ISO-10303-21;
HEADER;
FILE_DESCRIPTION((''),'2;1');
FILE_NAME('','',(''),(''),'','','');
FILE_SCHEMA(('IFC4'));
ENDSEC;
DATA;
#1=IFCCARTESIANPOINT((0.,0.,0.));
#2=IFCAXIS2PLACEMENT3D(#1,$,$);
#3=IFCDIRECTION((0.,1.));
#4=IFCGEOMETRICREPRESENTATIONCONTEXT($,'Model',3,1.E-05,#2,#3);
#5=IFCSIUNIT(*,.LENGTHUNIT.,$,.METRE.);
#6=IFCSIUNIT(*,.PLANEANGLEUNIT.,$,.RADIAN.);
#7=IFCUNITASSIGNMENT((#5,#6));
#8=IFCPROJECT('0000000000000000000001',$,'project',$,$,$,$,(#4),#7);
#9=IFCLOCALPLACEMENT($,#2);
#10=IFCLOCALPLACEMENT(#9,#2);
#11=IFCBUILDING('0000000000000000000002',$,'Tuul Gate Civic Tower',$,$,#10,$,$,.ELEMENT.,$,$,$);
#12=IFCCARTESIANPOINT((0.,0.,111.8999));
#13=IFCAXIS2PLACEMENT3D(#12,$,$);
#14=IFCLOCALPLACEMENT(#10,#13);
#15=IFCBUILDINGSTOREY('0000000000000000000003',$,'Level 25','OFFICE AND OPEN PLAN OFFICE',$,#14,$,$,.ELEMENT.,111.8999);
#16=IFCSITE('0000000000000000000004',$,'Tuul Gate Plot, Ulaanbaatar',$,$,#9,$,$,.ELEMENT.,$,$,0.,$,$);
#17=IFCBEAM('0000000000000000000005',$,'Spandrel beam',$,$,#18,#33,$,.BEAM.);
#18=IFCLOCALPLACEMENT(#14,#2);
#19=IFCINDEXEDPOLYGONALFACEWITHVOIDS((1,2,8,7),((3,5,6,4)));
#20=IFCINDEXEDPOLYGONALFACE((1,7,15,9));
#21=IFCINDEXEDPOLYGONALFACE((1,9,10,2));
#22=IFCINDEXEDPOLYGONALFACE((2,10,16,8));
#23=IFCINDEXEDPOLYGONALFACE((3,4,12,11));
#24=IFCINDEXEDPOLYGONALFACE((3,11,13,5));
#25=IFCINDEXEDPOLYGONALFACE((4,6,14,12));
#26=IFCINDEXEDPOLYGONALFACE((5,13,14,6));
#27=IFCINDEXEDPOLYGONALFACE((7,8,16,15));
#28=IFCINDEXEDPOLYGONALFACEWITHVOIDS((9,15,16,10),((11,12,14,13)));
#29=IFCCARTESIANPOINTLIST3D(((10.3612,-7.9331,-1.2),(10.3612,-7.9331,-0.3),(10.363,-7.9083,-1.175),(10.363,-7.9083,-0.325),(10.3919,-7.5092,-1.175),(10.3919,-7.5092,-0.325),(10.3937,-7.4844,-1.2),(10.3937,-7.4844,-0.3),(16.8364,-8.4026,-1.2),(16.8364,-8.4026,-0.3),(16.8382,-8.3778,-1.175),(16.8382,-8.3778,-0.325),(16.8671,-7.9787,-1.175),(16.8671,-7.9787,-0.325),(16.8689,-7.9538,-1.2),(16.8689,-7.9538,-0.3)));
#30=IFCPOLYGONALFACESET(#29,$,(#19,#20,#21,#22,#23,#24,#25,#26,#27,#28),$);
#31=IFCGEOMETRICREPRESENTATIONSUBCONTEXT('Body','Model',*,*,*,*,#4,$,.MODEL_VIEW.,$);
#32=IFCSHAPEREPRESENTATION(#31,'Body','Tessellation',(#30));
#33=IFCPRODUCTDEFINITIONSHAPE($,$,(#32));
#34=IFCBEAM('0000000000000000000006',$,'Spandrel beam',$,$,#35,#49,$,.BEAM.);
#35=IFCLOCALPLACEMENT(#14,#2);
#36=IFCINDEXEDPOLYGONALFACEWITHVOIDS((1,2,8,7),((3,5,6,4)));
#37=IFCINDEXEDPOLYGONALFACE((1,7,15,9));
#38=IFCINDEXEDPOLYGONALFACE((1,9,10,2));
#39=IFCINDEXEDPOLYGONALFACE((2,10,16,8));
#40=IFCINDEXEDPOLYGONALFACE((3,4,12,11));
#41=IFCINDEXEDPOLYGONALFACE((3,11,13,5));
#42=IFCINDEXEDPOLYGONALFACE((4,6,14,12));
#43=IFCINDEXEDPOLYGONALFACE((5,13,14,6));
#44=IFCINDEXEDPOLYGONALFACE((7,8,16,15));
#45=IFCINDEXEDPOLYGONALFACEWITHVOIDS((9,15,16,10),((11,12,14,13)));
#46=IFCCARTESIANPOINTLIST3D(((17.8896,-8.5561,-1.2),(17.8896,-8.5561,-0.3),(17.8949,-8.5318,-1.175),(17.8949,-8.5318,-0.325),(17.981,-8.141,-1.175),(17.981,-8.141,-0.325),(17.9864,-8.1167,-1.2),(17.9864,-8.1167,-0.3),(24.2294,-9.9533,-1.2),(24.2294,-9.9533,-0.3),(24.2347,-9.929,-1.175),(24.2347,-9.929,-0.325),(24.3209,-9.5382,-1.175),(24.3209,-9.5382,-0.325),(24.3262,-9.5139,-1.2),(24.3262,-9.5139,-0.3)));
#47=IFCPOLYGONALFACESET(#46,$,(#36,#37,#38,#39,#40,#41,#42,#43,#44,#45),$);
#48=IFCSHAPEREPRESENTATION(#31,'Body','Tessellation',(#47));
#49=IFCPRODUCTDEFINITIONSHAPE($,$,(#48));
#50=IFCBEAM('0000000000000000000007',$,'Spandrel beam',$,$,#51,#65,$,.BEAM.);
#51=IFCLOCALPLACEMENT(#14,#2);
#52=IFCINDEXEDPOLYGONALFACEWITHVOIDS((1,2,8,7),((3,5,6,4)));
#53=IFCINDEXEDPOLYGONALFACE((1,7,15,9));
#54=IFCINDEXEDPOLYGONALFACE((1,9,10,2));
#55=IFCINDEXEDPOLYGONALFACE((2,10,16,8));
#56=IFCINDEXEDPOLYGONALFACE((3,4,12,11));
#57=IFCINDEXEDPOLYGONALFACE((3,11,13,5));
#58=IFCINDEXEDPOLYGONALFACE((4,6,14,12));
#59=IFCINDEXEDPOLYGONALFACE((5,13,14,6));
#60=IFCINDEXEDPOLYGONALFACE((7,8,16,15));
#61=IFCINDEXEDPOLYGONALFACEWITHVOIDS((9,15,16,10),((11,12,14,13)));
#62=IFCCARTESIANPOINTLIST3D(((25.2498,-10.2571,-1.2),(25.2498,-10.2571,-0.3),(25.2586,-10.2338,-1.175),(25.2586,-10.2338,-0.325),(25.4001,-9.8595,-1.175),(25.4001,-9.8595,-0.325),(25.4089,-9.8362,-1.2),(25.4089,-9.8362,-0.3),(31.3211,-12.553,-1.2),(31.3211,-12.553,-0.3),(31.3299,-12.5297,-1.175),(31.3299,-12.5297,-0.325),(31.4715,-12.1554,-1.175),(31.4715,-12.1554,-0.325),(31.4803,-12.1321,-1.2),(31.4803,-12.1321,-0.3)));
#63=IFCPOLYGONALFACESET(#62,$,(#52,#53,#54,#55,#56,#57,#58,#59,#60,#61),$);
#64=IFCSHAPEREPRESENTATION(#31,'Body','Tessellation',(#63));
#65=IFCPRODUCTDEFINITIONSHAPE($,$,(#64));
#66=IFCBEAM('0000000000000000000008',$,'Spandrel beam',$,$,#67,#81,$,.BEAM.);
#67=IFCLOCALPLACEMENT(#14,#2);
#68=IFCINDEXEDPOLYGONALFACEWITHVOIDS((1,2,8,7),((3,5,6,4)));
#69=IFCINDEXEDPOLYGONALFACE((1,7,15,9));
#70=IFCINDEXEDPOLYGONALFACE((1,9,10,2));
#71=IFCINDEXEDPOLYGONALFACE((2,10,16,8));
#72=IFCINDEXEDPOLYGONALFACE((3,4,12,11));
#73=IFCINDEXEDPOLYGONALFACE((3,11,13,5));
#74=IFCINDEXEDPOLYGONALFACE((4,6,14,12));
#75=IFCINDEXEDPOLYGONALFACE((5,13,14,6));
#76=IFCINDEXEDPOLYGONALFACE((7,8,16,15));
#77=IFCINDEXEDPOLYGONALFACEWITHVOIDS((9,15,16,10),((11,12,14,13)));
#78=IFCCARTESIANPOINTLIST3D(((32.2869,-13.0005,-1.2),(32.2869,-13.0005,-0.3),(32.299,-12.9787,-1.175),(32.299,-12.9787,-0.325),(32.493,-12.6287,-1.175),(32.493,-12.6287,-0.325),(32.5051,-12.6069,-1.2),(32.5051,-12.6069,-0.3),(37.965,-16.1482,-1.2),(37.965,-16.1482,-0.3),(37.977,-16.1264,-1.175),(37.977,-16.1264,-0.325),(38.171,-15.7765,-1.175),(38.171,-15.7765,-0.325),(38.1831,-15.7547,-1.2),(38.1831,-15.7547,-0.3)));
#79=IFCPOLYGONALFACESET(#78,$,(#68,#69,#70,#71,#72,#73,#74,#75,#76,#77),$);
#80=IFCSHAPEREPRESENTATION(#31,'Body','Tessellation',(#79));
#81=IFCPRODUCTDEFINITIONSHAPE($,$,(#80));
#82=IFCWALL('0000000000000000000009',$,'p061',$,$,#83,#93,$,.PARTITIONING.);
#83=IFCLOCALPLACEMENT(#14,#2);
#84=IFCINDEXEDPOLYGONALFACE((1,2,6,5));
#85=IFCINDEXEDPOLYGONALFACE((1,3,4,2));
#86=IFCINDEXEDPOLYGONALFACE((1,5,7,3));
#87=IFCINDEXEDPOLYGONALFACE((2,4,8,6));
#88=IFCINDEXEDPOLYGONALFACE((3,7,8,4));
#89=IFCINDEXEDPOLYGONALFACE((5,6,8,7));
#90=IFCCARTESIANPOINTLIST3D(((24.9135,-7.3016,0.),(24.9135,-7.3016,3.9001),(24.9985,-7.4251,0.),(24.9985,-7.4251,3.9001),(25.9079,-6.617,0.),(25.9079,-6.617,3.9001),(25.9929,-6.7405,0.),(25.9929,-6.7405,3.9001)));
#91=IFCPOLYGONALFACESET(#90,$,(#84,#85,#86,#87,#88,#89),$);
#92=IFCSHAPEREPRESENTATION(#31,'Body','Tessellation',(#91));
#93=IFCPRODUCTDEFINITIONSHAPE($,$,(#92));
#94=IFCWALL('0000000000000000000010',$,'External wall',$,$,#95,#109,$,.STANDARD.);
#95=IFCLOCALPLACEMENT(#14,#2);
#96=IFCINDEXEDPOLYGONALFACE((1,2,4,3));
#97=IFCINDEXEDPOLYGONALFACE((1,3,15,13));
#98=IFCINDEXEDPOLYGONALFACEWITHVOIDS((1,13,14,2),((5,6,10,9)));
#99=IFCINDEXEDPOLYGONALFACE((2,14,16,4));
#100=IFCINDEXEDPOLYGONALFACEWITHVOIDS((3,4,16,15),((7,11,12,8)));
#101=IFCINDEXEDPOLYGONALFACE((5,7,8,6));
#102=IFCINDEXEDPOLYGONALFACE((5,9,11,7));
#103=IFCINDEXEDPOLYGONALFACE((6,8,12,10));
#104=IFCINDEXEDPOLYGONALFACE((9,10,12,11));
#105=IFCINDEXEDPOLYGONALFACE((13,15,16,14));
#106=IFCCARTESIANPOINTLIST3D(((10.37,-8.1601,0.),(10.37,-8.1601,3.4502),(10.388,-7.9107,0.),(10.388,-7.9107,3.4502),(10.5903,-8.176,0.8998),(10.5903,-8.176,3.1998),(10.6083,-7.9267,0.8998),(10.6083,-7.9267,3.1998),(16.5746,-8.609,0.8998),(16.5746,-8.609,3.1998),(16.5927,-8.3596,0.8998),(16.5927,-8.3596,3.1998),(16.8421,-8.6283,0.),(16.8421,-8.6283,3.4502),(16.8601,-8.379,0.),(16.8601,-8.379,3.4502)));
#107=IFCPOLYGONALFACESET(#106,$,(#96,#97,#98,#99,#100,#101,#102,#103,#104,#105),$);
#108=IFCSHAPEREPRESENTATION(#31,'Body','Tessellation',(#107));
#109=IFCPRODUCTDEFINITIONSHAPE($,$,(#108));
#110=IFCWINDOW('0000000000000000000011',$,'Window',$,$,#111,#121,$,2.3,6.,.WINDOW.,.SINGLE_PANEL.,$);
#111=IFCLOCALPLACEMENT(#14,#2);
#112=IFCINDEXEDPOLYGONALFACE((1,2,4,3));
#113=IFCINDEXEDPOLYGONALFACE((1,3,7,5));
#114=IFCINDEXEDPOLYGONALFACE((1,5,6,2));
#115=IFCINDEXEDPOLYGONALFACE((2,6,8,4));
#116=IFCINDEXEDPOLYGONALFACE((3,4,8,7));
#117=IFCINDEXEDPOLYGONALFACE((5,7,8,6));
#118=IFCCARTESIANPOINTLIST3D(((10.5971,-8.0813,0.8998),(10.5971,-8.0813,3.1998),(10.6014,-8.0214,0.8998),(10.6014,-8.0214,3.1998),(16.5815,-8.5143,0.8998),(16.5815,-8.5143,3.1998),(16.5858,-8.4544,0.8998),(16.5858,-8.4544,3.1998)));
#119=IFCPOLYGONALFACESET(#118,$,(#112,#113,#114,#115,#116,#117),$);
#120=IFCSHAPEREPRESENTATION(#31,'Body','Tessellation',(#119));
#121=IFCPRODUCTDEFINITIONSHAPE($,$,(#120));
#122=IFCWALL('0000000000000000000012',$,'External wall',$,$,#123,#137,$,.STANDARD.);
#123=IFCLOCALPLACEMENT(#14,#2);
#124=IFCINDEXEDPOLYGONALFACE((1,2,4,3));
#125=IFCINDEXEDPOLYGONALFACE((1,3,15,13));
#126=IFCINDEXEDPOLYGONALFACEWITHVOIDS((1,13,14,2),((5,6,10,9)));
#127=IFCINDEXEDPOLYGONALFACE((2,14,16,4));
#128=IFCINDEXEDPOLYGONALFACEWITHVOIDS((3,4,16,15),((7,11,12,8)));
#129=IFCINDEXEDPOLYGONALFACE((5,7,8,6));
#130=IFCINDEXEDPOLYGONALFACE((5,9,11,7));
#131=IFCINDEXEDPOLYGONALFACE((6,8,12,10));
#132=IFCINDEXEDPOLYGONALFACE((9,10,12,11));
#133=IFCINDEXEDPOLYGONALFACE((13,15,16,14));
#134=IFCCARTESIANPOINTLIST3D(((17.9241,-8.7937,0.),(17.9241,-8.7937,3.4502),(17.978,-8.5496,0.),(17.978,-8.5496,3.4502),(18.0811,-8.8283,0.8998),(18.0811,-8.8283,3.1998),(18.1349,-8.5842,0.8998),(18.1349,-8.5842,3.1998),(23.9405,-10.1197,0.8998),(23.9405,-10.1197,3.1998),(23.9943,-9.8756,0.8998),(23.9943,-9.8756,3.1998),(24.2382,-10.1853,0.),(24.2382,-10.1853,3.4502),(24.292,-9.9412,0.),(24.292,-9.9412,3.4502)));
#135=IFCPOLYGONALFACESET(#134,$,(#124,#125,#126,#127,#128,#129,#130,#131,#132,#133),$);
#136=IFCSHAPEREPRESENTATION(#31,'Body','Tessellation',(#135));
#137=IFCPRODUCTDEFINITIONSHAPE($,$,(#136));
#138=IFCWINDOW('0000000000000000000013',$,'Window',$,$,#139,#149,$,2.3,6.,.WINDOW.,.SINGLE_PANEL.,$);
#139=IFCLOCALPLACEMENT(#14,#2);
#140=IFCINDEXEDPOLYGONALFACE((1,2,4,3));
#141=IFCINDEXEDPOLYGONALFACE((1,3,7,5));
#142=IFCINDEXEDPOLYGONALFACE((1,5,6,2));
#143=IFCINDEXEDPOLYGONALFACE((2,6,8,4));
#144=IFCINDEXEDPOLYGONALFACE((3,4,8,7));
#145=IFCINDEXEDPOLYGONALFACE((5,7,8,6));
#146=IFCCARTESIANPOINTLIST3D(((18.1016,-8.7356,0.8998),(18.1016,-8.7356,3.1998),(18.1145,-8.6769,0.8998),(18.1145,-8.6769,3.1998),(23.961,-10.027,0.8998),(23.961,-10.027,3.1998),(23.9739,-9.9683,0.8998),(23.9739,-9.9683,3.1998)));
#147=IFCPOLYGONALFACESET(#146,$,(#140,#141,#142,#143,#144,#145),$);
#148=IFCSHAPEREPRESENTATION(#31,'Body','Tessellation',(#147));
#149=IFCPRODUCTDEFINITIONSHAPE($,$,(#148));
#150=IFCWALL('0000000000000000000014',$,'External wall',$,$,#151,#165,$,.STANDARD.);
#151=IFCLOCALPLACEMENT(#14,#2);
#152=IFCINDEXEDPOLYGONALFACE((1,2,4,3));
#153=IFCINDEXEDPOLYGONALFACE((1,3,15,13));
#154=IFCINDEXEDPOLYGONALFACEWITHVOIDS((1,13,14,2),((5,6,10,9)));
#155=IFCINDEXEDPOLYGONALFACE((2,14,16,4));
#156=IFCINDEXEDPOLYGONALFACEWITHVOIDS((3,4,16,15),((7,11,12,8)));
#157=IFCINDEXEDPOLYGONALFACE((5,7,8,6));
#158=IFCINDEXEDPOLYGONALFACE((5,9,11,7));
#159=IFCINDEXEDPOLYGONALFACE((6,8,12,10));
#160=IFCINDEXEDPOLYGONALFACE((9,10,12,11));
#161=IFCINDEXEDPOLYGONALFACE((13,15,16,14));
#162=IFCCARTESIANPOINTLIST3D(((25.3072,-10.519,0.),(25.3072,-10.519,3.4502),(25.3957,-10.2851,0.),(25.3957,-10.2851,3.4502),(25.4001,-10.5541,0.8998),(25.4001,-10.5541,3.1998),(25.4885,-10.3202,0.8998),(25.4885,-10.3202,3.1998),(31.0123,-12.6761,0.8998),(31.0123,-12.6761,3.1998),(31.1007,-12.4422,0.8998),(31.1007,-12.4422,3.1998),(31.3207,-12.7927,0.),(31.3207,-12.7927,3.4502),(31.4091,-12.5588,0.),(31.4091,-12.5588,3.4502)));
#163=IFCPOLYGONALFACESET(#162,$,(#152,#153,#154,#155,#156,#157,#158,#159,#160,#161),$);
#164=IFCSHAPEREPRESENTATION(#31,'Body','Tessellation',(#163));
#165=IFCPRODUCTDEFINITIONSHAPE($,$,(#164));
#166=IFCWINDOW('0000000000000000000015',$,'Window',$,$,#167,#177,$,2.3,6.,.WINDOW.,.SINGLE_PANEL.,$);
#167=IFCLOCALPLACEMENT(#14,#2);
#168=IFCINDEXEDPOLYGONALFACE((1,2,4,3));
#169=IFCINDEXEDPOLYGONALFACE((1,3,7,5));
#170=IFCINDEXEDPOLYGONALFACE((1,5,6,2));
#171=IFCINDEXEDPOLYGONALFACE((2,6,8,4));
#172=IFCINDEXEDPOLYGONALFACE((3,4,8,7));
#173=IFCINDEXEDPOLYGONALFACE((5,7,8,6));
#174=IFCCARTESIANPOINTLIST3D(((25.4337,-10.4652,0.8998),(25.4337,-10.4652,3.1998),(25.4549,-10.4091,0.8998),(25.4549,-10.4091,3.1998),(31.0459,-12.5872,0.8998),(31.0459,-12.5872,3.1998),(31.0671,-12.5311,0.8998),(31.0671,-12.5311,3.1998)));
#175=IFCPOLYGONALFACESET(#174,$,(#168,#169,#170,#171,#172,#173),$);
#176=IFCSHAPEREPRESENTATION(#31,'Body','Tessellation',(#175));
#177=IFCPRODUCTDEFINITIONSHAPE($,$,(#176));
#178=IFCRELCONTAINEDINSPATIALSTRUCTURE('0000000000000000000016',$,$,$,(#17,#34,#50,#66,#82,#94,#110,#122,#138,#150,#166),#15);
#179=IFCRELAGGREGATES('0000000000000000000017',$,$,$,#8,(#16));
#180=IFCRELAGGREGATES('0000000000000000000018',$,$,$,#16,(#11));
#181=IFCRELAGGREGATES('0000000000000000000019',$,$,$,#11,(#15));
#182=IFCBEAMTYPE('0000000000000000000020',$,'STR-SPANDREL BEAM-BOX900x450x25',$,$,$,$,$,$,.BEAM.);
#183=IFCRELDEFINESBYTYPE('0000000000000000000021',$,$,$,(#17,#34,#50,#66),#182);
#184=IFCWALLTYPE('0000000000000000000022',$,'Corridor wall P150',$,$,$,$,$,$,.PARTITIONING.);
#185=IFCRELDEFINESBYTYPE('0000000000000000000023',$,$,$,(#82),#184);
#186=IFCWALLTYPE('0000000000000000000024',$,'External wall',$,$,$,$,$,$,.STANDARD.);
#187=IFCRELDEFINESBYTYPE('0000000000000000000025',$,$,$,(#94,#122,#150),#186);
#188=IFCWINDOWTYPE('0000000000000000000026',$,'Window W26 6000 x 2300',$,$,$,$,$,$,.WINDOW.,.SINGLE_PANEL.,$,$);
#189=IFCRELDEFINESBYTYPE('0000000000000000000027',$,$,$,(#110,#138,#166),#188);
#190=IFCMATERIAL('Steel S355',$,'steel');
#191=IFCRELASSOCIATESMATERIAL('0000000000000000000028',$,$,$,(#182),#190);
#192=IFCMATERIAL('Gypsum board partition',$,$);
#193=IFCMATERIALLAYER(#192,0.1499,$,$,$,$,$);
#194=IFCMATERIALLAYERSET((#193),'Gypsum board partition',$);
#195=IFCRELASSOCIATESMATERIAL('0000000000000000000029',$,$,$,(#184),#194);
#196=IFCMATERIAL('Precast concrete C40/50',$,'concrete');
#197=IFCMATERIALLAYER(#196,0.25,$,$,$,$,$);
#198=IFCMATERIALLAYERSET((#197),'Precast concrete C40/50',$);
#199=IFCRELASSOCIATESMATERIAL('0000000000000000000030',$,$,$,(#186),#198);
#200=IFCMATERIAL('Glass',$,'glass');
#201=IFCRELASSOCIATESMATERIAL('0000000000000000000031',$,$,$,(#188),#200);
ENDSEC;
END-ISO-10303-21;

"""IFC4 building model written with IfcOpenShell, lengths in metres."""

from ifc_helpers import new_model, si_unit, direction, frame, frame_2d, origin, origin_2d, place, context, subcontext, project, spatial, rectangle, hollow_rectangle, extrude, material, layer, layer_set, material_profile, profile_set, type_object, element, fill, save


model = new_model("IFC4")

# Units and contexts
model_context = context("Model", 3, precision=1e-05, world=origin(), true_north=direction((0.0, 1.0)))
body_context = subcontext(model_context, "Body", "Model", "MODEL_VIEW")
ifc_project = project(units=[si_unit("LENGTHUNIT", "METRE"), si_unit("PLANEANGLEUNIT", "RADIAN")], contexts=[model_context])

# Site, building, storey
site_placement = place(None, origin())
site = spatial("IfcSite", under=ifc_project, at=site_placement, Name="Tuul Gate Plot, Ulaanbaatar", CompositionType="ELEMENT", RefElevation=0.0)
building_placement = place(site_placement, origin())
building = spatial("IfcBuilding", under=site, at=building_placement, Name="Tuul Gate Civic Tower", CompositionType="ELEMENT")
storey_placement = place(building_placement, frame((0.0, 0.0, 111.8999)))
storey = spatial("IfcBuildingStorey", under=building, at=storey_placement, Name="Level 25", Description="OFFICE AND OPEN PLAN OFFICE", CompositionType="ELEMENT", Elevation=111.8999)

# Beams
ifc_material_1 = material(Name="Steel S355", Category="steel")
ifc_material_profile_1 = material_profile(ifc_material_1, hollow_rectangle(XDim=0.45, YDim=0.8999, WallThickness=0.0249, at=origin_2d()), Name="BOX900x450x25")
ifc_profile_set_1 = profile_set([ifc_material_profile_1], Name="Steel S355")
beam_type_1 = type_object("IfcBeamType", Name="STR-SPANDREL BEAM-BOX900x450x25", PredefinedType="BEAM", material=ifc_profile_set_1)
beam_1_placement = place(storey_placement, frame((10.3774, -7.7087, -0.75), z_axis=(0.997382, -0.072316, 0.0), x_axis=(0.072316, 0.997382, 0.0)))
element("IfcBeam", 1, at=beam_1_placement, inside=storey, type_object=beam_type_1, Name="Spandrel beam", PredefinedType="BEAM", context=body_context, shape_type="SweptSolid", body=[
    extrude(hollow_rectangle(XDim=0.45, YDim=0.8999, WallThickness=0.0249, at=origin_2d()), origin(), (0.0, 0.0, 1.0), 6.4922),
])
beam_2_placement = place(storey_placement, frame((17.938, -8.3364, -0.75), z_axis=(0.976565, -0.215222, 0.0), x_axis=(0.215222, 0.976565, 0.0)))
element("IfcBeam", 2, at=beam_2_placement, inside=storey, type_object=beam_type_1, Name="Spandrel beam", PredefinedType="BEAM", context=body_context, shape_type="SweptSolid", body=[
    extrude(hollow_rectangle(XDim=0.45, YDim=0.8999, WallThickness=0.0249, at=origin_2d()), origin(), (0.0, 0.0, 1.0), 6.4919),
])
beam_3_placement = place(storey_placement, frame((25.3293, -10.0466, -0.75), z_axis=(0.935355, -0.353711, 0.0), x_axis=(0.353711, 0.935355, 0.0)))
element("IfcBeam", 3, at=beam_3_placement, inside=storey, type_object=beam_type_1, Name="Spandrel beam", PredefinedType="BEAM", context=body_context, shape_type="SweptSolid", body=[
    extrude(hollow_rectangle(XDim=0.45, YDim=0.8999, WallThickness=0.0249, at=origin_2d()), origin(), (0.0, 0.0, 1.0), 6.491),
])
beam_4_placement = place(storey_placement, frame((32.396, -12.8037, -0.75), z_axis=(0.874597, -0.484851, 0.0), x_axis=(0.484851, 0.874597, 0.0)))
element("IfcBeam", 4, at=beam_4_placement, inside=storey, type_object=beam_type_1, Name="Spandrel beam", PredefinedType="BEAM", context=body_context, shape_type="SweptSolid", body=[
    extrude(hollow_rectangle(XDim=0.45, YDim=0.8999, WallThickness=0.0249, at=origin_2d()), origin(), (0.0, 0.0, 1.0), 6.4922),
])

# Wall
ifc_material_2 = material(Name="Gypsum board partition")
ifc_layer_1 = layer(ifc_material_2, 0.1499)
ifc_layer_set_1 = layer_set([ifc_layer_1], Name="Gypsum board partition")
wall_type_1 = type_object("IfcWallType", Name="Corridor wall P150", PredefinedType="PARTITIONING", material=ifc_layer_set_1)
wall_1_placement = place(storey_placement, frame((24.9561, -7.3633, 0.0), z_axis=(0.0, 0.0, 1.0), x_axis=(0.823682, 0.567052, 0.0)))
element("IfcWall", 5, at=wall_1_placement, inside=storey, type_object=wall_type_1, Name="p061", PredefinedType="PARTITIONING", context=body_context, shape_type="SweptSolid", body=[
    extrude(rectangle(XDim=1.2073, YDim=0.1499, at=frame_2d((0.6035, 0.0))), origin(), (0.0, 0.0, 1.0), 3.9001),
])

# Walls, openings, windows
ifc_material_3 = material(Name="Precast concrete C40/50", Category="concrete")
ifc_layer_2 = layer(ifc_material_3, 0.25)
ifc_layer_set_2 = layer_set([ifc_layer_2], Name="Precast concrete C40/50")
wall_type_2 = type_object("IfcWallType", Name="External wall", PredefinedType="STANDARD", material=ifc_layer_set_2)
wall_2_placement = place(storey_placement, frame((10.3789, -8.0354, 0.0), z_axis=(0.0, 0.0, 1.0), x_axis=(0.997393, -0.072161, 0.0)))
wall_2 = element("IfcWall", 6, at=wall_2_placement, inside=storey, type_object=wall_type_2, Name="External wall", PredefinedType="STANDARD", context=body_context, shape_type="SweptSolid", body=[
    extrude(rectangle(XDim=6.489, YDim=0.25, at=frame_2d((3.2446, 0.0))), origin(), (0.0, 0.0, 1.0), 3.4502),
])
opening_1_placement = place(wall_2_placement, frame((0.2209, 0.0, 0.8999)))
opening_1 = element("IfcOpeningElement", 7, at=opening_1_placement, cuts=wall_2, PredefinedType="OPENING", context=body_context, shape_type="SweptSolid", body=[
    extrude(rectangle(XDim=6.0, YDim=2.3, at=frame_2d((3.0, 1.1499))), frame((0.0, 0.135, 0.0), z_axis=(0.0, -1.0, 0.0), x_axis=(1.0, 0.0, 0.0)), (0.0, 0.0, 1.0), 0.27),
])
ifc_material_4 = material(Name="Glass", Category="glass")
window_type = type_object("IfcWindowType", Name="Window W26 6000 x 2300", PartitioningType="SINGLE_PANEL", PredefinedType="WINDOW", material=ifc_material_4)
window_1_placement = place(opening_1_placement, origin())
window_1 = element("IfcWindow", 8, at=window_1_placement, inside=storey, type_object=window_type, Name="Window", OverallHeight=2.3, OverallWidth=6.0, PartitioningType="SINGLE_PANEL", PredefinedType="WINDOW", context=body_context, shape_type="SweptSolid", body=[
    extrude(rectangle(XDim=6.0, YDim=2.3, at=frame_2d((3.0, 1.1499))), frame((0.0, 0.03, 0.0), z_axis=(0.0, -1.0, 0.0), x_axis=(1.0, 0.0, 0.0)), (0.0, 0.0, 1.0), 0.0601),
])
fill(opening_1, window_1)
wall_3_placement = place(storey_placement, frame((17.9509, -8.6716, 0.0), z_axis=(0.0, 0.0, 1.0), x_axis=(0.976562, -0.215235, 0.0)))
wall_3 = element("IfcWall", 9, at=wall_3_placement, inside=storey, type_object=wall_type_2, Name="External wall", PredefinedType="STANDARD", context=body_context, shape_type="SweptSolid", body=[
    extrude(rectangle(XDim=6.4656, YDim=0.25, at=frame_2d((3.2329, 0.0))), origin(), (0.0, 0.0, 1.0), 3.4502),
])
opening_2_placement = place(wall_3_placement, frame((0.1609, 0.0, 0.8999)))
opening_2 = element("IfcOpeningElement", 10, at=opening_2_placement, cuts=wall_3, PredefinedType="OPENING", context=body_context, shape_type="SweptSolid", body=[
    extrude(rectangle(XDim=6.0, YDim=2.3, at=frame_2d((3.0, 1.1499))), frame((0.0, 0.135, 0.0), z_axis=(0.0, -1.0, 0.0), x_axis=(1.0, 0.0, 0.0)), (0.0, 0.0, 1.0), 0.27),
])
window_2_placement = place(opening_2_placement, origin())
window_2 = element("IfcWindow", 11, at=window_2_placement, inside=storey, type_object=window_type, Name="Window", OverallHeight=2.3, OverallWidth=6.0, PartitioningType="SINGLE_PANEL", PredefinedType="WINDOW", context=body_context, shape_type="SweptSolid", body=[
    extrude(rectangle(XDim=6.0, YDim=2.3, at=frame_2d((3.0, 1.1499))), frame((0.0, 0.03, 0.0), z_axis=(0.0, -1.0, 0.0), x_axis=(1.0, 0.0, 0.0)), (0.0, 0.0, 1.0), 0.0601),
])
fill(opening_2, window_2)
wall_4_placement = place(storey_placement, frame((25.3516, -10.4021, 0.0), z_axis=(0.0, 0.0, 1.0), x_axis=(0.935372, -0.353665, 0.0)))
wall_4 = element("IfcWall", 12, at=wall_4_placement, inside=storey, type_object=wall_type_2, Name="External wall", PredefinedType="STANDARD", context=body_context, shape_type="SweptSolid", body=[
    extrude(rectangle(XDim=6.429, YDim=0.25, at=frame_2d((3.2144, 0.0))), origin(), (0.0, 0.0, 1.0), 3.4502),
])
opening_3_placement = place(wall_4_placement, frame((0.0991, 0.0, 0.8999)))
opening_3 = element("IfcOpeningElement", 13, at=opening_3_placement, cuts=wall_4, PredefinedType="OPENING", context=body_context, shape_type="SweptSolid", body=[
    extrude(rectangle(XDim=6.0, YDim=2.3, at=frame_2d((3.0, 1.1499))), frame((0.0, 0.135, 0.0), z_axis=(0.0, -1.0, 0.0), x_axis=(1.0, 0.0, 0.0)), (0.0, 0.0, 1.0), 0.27),
])
window_3_placement = place(opening_3_placement, origin())
window_3 = element("IfcWindow", 14, at=window_3_placement, inside=storey, type_object=window_type, Name="Window", OverallHeight=2.3, OverallWidth=6.0, PartitioningType="SINGLE_PANEL", PredefinedType="WINDOW", context=body_context, shape_type="SweptSolid", body=[
    extrude(rectangle(XDim=6.0, YDim=2.3, at=frame_2d((3.0, 1.1499))), frame((0.0, 0.03, 0.0), z_axis=(0.0, -1.0, 0.0), x_axis=(1.0, 0.0, 0.0)), (0.0, 0.0, 1.0), 0.0601),
])
fill(opening_3, window_3)

save(model, "model.ifc")
